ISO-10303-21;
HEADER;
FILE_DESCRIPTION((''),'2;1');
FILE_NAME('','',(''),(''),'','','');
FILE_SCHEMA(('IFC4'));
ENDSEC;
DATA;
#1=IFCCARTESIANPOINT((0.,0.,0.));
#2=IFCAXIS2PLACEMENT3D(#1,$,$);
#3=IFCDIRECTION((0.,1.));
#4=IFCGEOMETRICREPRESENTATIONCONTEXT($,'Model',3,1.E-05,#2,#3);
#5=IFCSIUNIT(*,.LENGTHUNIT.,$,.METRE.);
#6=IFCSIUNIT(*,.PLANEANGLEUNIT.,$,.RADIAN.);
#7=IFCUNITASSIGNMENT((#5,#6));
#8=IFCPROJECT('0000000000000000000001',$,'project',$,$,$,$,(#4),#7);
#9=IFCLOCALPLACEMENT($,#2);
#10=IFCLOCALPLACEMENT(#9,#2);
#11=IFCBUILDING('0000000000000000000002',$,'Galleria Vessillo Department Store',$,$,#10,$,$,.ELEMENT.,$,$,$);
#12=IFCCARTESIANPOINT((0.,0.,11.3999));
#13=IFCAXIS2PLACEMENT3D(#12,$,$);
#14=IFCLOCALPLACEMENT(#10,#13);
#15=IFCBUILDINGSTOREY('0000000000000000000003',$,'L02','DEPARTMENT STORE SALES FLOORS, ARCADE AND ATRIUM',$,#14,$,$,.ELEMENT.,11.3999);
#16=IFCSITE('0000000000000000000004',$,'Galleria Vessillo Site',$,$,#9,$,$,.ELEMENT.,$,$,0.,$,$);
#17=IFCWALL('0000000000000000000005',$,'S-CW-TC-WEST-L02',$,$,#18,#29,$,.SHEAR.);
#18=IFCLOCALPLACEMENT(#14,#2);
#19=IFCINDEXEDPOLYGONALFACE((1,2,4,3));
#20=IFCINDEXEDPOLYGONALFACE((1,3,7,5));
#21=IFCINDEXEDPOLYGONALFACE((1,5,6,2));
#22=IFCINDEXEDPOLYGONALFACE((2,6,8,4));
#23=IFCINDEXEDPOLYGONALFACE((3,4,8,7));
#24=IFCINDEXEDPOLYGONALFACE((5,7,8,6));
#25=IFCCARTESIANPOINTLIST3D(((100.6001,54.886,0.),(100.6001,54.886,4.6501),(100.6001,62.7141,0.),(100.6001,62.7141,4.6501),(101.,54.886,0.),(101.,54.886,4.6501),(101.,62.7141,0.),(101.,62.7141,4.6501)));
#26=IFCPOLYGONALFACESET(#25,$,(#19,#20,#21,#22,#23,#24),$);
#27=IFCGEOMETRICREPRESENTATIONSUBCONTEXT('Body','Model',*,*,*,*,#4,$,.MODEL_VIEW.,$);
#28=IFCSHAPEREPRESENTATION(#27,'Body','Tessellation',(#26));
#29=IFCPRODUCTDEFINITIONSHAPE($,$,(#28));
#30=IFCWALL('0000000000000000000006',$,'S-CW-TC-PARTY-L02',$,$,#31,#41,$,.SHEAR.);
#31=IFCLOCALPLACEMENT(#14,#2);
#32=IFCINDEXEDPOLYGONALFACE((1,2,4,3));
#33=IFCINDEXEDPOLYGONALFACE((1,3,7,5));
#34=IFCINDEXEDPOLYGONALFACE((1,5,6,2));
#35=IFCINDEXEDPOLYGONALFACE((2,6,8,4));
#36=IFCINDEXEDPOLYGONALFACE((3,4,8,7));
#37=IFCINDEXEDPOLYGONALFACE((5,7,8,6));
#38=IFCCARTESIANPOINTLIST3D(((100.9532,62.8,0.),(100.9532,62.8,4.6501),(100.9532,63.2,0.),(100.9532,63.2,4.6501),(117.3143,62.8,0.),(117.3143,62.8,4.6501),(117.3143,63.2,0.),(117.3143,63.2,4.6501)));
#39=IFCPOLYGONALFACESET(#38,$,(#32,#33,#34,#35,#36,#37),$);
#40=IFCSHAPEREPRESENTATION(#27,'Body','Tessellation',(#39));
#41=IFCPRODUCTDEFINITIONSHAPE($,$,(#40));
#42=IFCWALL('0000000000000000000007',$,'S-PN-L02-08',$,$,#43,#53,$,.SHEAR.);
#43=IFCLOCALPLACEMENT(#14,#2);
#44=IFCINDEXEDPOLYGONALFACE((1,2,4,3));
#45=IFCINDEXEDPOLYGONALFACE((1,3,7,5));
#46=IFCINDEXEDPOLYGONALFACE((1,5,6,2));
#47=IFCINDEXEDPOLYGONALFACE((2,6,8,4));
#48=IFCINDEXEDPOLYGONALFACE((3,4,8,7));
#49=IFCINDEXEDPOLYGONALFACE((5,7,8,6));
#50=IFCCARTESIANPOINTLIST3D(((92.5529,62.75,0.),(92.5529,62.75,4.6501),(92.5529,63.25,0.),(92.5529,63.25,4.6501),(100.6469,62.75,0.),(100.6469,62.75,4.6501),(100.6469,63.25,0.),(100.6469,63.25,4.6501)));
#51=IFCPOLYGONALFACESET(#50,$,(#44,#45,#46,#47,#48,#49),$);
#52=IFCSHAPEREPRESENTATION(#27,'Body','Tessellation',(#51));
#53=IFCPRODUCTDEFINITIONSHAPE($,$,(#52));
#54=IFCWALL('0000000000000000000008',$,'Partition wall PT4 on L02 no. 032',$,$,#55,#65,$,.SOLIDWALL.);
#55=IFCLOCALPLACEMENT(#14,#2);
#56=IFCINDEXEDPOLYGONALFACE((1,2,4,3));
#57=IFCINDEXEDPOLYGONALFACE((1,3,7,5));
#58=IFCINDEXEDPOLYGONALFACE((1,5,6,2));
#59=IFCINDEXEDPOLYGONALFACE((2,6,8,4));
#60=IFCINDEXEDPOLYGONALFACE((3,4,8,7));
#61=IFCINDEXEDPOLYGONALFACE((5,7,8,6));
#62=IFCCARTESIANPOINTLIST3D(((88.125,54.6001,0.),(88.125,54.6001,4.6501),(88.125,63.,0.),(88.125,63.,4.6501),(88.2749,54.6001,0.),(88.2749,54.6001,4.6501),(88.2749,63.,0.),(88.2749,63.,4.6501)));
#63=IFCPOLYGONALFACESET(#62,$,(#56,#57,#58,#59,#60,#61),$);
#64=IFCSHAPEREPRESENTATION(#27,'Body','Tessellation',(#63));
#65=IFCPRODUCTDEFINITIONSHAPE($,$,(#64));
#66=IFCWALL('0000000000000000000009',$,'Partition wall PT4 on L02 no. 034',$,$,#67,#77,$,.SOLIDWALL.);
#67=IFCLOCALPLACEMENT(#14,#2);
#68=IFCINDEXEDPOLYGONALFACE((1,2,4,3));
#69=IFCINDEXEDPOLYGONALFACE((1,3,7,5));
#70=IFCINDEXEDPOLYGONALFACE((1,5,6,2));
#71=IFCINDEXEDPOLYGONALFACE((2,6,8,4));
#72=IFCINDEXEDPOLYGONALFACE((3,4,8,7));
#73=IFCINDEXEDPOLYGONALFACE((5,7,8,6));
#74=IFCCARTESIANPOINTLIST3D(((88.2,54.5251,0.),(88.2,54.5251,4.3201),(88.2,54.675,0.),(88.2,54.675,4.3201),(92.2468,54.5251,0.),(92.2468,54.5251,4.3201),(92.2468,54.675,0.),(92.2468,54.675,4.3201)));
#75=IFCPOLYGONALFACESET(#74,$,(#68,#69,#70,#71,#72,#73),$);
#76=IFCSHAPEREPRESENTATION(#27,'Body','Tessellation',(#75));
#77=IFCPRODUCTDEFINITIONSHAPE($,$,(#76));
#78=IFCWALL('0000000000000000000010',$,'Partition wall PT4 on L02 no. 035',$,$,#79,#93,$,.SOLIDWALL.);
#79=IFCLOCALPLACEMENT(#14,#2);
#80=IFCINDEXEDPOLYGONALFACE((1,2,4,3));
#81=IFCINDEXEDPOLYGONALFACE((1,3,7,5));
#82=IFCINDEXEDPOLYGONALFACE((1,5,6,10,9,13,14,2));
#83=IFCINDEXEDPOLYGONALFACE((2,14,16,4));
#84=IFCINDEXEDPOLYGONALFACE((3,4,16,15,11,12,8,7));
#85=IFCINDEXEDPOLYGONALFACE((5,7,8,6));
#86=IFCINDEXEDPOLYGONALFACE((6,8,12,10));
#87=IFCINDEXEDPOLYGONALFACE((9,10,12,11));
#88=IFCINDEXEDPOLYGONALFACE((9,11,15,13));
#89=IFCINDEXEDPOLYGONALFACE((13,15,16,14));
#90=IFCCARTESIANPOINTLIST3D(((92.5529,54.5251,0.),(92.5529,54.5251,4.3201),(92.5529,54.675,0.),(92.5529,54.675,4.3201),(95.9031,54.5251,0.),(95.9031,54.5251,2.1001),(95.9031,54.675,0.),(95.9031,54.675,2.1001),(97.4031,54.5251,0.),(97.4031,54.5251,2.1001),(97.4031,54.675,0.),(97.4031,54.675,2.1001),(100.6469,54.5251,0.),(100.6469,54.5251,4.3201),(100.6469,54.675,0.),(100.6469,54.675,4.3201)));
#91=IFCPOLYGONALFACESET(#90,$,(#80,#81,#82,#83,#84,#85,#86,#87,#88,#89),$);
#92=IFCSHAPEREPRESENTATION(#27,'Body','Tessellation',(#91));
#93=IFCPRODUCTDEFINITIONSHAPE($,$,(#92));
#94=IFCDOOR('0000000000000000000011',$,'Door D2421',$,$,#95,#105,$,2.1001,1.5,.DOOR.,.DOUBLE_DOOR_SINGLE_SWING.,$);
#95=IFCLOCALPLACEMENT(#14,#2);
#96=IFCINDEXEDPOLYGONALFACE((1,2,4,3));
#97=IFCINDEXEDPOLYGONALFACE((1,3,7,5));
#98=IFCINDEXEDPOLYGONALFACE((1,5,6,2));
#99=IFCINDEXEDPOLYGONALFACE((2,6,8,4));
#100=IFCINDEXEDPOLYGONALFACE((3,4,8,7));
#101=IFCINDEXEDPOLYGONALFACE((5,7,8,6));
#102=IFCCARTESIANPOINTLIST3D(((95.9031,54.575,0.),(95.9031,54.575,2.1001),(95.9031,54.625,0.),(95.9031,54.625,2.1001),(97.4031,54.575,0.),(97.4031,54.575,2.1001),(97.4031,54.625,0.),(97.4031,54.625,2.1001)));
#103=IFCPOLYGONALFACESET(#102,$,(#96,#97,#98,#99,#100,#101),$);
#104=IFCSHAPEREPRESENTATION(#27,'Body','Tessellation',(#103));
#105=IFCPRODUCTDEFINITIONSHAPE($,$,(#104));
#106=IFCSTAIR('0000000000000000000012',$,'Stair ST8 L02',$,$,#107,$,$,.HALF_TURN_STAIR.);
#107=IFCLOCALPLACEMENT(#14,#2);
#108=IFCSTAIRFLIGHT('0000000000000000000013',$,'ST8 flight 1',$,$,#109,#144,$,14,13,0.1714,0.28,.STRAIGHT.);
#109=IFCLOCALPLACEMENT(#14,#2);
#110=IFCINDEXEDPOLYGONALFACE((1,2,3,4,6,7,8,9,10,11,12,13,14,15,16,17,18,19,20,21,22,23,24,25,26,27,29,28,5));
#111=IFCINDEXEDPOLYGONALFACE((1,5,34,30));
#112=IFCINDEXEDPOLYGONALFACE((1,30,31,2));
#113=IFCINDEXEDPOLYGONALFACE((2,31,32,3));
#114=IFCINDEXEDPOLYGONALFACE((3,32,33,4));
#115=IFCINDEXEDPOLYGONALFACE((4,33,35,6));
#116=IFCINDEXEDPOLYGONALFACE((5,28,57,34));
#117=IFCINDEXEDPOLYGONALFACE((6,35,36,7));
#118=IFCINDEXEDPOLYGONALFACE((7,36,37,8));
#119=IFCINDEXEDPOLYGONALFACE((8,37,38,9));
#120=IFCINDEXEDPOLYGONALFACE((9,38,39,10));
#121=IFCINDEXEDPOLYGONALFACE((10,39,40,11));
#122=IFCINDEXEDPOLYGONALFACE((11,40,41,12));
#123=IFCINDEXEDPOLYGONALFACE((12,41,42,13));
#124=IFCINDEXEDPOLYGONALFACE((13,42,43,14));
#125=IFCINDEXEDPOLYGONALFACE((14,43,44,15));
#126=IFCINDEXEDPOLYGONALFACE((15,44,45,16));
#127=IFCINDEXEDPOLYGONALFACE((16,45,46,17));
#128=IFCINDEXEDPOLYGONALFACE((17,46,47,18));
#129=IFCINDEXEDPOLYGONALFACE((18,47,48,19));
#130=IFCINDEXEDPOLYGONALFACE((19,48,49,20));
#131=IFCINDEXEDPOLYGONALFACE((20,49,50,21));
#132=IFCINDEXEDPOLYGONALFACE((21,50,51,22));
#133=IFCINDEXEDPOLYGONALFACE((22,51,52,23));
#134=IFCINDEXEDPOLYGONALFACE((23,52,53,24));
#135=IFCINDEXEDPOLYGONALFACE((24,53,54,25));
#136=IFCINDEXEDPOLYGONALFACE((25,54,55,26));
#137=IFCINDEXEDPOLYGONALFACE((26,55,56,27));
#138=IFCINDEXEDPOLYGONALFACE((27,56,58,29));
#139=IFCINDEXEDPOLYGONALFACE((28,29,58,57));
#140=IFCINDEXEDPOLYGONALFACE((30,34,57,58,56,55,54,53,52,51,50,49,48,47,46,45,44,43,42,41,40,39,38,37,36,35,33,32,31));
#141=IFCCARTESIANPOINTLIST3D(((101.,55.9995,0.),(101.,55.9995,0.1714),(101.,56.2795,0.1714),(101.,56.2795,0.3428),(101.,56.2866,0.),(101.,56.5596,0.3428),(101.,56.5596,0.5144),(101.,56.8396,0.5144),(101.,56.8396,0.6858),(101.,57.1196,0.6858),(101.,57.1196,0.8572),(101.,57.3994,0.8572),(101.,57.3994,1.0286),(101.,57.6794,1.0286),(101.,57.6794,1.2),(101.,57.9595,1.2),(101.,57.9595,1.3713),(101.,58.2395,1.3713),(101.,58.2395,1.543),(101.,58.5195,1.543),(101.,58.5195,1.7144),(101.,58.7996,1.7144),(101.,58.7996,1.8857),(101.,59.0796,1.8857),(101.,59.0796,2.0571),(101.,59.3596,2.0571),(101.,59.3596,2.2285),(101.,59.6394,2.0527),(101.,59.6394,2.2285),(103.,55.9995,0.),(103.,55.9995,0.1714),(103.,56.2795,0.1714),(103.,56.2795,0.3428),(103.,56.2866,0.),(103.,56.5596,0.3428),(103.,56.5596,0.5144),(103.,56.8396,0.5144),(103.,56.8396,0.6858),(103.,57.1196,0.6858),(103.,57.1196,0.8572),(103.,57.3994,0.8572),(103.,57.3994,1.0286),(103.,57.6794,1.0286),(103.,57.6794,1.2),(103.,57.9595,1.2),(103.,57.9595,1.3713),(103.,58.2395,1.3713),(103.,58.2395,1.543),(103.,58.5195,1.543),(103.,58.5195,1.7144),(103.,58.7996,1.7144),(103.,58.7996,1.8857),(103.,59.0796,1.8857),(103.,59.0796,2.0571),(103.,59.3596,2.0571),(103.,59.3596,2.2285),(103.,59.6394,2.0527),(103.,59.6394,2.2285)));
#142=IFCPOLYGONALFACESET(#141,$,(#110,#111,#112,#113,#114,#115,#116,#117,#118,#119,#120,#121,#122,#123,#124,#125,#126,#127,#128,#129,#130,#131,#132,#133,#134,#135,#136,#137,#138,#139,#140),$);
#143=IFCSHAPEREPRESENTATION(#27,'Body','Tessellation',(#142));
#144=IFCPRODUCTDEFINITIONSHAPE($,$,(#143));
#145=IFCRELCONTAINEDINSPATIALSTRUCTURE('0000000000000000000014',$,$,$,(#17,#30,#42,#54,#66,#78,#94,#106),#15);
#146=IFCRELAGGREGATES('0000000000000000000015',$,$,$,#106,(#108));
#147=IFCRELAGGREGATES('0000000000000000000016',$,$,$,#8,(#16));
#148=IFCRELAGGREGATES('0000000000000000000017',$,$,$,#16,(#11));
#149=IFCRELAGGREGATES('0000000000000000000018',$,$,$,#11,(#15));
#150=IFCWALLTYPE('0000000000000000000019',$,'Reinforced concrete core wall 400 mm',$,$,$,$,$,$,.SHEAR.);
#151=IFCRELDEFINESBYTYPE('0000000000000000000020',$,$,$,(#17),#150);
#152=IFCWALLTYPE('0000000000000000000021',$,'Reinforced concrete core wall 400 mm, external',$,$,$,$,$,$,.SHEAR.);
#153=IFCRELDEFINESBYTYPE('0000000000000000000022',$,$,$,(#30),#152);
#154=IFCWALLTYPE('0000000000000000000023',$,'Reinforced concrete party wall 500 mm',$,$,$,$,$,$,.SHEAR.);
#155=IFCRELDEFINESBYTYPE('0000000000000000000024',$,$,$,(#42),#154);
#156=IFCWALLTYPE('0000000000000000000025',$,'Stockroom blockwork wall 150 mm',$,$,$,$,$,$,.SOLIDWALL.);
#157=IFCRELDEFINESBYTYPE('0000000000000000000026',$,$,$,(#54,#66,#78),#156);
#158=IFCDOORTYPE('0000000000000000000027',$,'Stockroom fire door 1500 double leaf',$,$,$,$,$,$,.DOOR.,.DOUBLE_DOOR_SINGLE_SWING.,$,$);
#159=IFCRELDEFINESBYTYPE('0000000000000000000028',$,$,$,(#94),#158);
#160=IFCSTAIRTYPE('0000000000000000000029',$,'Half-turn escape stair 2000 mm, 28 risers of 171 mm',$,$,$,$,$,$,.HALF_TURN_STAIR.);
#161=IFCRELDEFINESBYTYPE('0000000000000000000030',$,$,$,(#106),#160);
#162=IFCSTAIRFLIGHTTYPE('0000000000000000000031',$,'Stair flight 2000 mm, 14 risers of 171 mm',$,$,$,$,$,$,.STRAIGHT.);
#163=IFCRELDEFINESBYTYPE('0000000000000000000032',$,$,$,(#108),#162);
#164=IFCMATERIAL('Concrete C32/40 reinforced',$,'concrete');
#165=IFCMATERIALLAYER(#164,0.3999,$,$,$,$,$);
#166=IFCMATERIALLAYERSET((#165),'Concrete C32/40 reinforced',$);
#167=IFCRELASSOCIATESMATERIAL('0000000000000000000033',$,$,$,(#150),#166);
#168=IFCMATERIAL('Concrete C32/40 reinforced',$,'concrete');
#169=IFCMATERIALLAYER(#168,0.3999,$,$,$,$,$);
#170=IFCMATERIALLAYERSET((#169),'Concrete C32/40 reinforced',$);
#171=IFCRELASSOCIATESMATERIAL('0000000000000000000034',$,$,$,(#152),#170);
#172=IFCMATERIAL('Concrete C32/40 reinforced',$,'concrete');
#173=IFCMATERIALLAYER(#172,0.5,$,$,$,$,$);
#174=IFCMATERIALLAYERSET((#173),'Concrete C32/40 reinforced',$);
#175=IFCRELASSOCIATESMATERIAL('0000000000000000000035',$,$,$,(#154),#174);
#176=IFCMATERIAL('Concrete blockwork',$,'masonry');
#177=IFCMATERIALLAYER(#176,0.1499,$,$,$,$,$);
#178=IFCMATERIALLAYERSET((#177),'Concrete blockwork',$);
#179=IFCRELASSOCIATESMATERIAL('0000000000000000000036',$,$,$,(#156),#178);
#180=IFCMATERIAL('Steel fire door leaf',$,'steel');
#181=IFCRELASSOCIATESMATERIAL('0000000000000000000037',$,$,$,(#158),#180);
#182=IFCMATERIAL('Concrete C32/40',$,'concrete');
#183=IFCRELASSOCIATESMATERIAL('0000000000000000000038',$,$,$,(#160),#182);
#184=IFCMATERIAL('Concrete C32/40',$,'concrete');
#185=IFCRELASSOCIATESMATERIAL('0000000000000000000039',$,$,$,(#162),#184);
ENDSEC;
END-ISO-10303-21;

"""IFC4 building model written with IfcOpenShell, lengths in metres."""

from ifc_helpers import new_model, si_unit, direction, frame, frame_2d, origin, place, context, subcontext, project, spatial, polyline, rectangle, outline, extrude, material, layer, layer_set, type_object, element, fill, aggregate, save


model = new_model("IFC4")

# Units and contexts
model_context = context("Model", 3, precision=1e-05, world=origin(), true_north=direction((0.0, 1.0)))
body_context = subcontext(model_context, "Body", "Model", "MODEL_VIEW")
ifc_project = project(units=[si_unit("LENGTHUNIT", "METRE"), si_unit("PLANEANGLEUNIT", "RADIAN")], contexts=[model_context])

# Site, building, storey
site_placement = place(None, origin())
site = spatial("IfcSite", under=ifc_project, at=site_placement, Name="Galleria Vessillo Site", CompositionType="ELEMENT", RefElevation=0.0)
building_placement = place(site_placement, origin())
building = spatial("IfcBuilding", under=site, at=building_placement, Name="Galleria Vessillo Department Store", CompositionType="ELEMENT")
storey_placement = place(building_placement, frame((0.0, 0.0, 11.3999)))
storey = spatial("IfcBuildingStorey", under=building, at=storey_placement, Name="L02", Description="DEPARTMENT STORE SALES FLOORS, ARCADE AND ATRIUM", CompositionType="ELEMENT", Elevation=11.3999)

# Shared definitions
ifc_material_1 = material(Name="Concrete C32/40 reinforced", Category="concrete")
ifc_layer_1 = layer(ifc_material_1, 0.3999)
ifc_layer_set_1 = layer_set([ifc_layer_1], Name="Concrete C32/40 reinforced")
wall_type_1 = type_object("IfcWallType", Name="Reinforced concrete core wall 400 mm", PredefinedType="SHEAR", material=ifc_layer_set_1)

# Walls
wall_1_placement = place(storey_placement, frame((100.8, 54.886, 0.0), z_axis=(0.0, 0.0, 1.0), x_axis=(0.0, 1.0, 0.0)))
element("IfcWall", 1, at=wall_1_placement, inside=storey, type_object=wall_type_1, Name="S-CW-TC-WEST-L02", PredefinedType="SHEAR", context=body_context, shape_type="SweptSolid", body=[
    extrude(rectangle(XDim=7.8281, YDim=0.3999, at=frame_2d((3.9141, 0.0))), origin(), (0.0, 0.0, 1.0), 4.6501),
])
ifc_material_2 = material(Name="Concrete C32/40 reinforced", Category="concrete")
ifc_layer_2 = layer(ifc_material_2, 0.3999)
ifc_layer_set_2 = layer_set([ifc_layer_2], Name="Concrete C32/40 reinforced")
wall_type_2 = type_object("IfcWallType", Name="Reinforced concrete core wall 400 mm, external", PredefinedType="SHEAR", material=ifc_layer_set_2)
wall_2_placement = place(storey_placement, frame((100.9531, 63.0, 0.0), z_axis=(0.0, 0.0, 1.0), x_axis=(1.0, 0.0, 0.0)))
element("IfcWall", 2, at=wall_2_placement, inside=storey, type_object=wall_type_2, Name="S-CW-TC-PARTY-L02", PredefinedType="SHEAR", context=body_context, shape_type="SweptSolid", body=[
    extrude(rectangle(XDim=16.3611, YDim=0.3999, at=frame_2d((8.1807, 0.0))), origin(), (0.0, 0.0, 1.0), 4.6501),
])
ifc_material_3 = material(Name="Concrete C32/40 reinforced", Category="concrete")
ifc_layer_3 = layer(ifc_material_3, 0.5)
ifc_layer_set_3 = layer_set([ifc_layer_3], Name="Concrete C32/40 reinforced")
wall_type_3 = type_object("IfcWallType", Name="Reinforced concrete party wall 500 mm", PredefinedType="SHEAR", material=ifc_layer_set_3)
wall_3_placement = place(storey_placement, frame((92.553, 63.0, 0.0), z_axis=(0.0, 0.0, 1.0), x_axis=(1.0, 0.0, 0.0)))
element("IfcWall", 3, at=wall_3_placement, inside=storey, type_object=wall_type_3, Name="S-PN-L02-08", PredefinedType="SHEAR", context=body_context, shape_type="SweptSolid", body=[
    extrude(rectangle(XDim=8.094, YDim=0.5, at=frame_2d((4.0469, 0.0))), origin(), (0.0, 0.0, 1.0), 4.6501),
])
ifc_material_4 = material(Name="Concrete blockwork", Category="masonry")
ifc_layer_4 = layer(ifc_material_4, 0.1499)
ifc_layer_set_4 = layer_set([ifc_layer_4], Name="Concrete blockwork")
wall_type_4 = type_object("IfcWallType", Name="Stockroom blockwork wall 150 mm", PredefinedType="SOLIDWALL", material=ifc_layer_set_4)
wall_4_placement = place(storey_placement, frame((88.2, 54.6001, 0.0), z_axis=(0.0, 0.0, 1.0), x_axis=(0.0, 1.0, 0.0)))
element("IfcWall", 4, at=wall_4_placement, inside=storey, type_object=wall_type_4, Name="Partition wall PT4 on L02 no. 032", PredefinedType="SOLIDWALL", context=body_context, shape_type="SweptSolid", body=[
    extrude(rectangle(XDim=8.3999, YDim=0.1499, at=frame_2d((4.2, 0.0))), origin(), (0.0, 0.0, 1.0), 4.6501),
])
wall_5_placement = place(storey_placement, frame((88.2, 54.6001, 0.0), z_axis=(0.0, 0.0, 1.0), x_axis=(1.0, 0.0, 0.0)))
element("IfcWall", 5, at=wall_5_placement, inside=storey, type_object=wall_type_4, Name="Partition wall PT4 on L02 no. 034", PredefinedType="SOLIDWALL", context=body_context, shape_type="SweptSolid", body=[
    extrude(rectangle(XDim=4.0469, YDim=0.1499, at=frame_2d((2.0234, 0.0))), origin(), (0.0, 0.0, 1.0), 4.3201),
])

# Wall, opening, door
wall_6_placement = place(storey_placement, frame((92.553, 54.6001, 0.0), z_axis=(0.0, 0.0, 1.0), x_axis=(1.0, 0.0, 0.0)))
wall_6 = element("IfcWall", 6, at=wall_6_placement, inside=storey, type_object=wall_type_4, Name="Partition wall PT4 on L02 no. 035", PredefinedType="SOLIDWALL", context=body_context, shape_type="SweptSolid", body=[
    extrude(rectangle(XDim=8.094, YDim=0.1499, at=frame_2d((4.0469, 0.0))), origin(), (0.0, 0.0, 1.0), 4.3201),
])
opening_1_placement = place(wall_6_placement, frame((3.3501, 0.0, 0.0)))
opening_1 = element("IfcOpeningElement", 7, at=opening_1_placement, cuts=wall_6, PredefinedType="OPENING", context=body_context, shape_type="SweptSolid", body=[
    extrude(rectangle(XDim=1.5, YDim=2.1001, at=frame_2d((0.75, 1.05))), frame((0.0, 0.085, 0.0), z_axis=(0.0, -1.0, 0.0), x_axis=(1.0, 0.0, 0.0)), (0.0, 0.0, 1.0), 0.1699),
])
ifc_material_5 = material(Name="Steel fire door leaf", Category="steel")
door_type_1 = type_object("IfcDoorType", Name="Stockroom fire door 1500 double leaf", OperationType="DOUBLE_DOOR_SINGLE_SWING", PredefinedType="DOOR", material=ifc_material_5)
door_1_placement = place(opening_1_placement, origin())
door_1 = element("IfcDoor", 8, at=door_1_placement, inside=storey, type_object=door_type_1, Name="Door D2421", OperationType="DOUBLE_DOOR_SINGLE_SWING", OverallHeight=2.1001, OverallWidth=1.5, PredefinedType="DOOR", context=body_context, shape_type="SweptSolid", body=[
    extrude(rectangle(XDim=1.5, YDim=2.1001, at=frame_2d((0.75, 1.05))), frame((0.0, 0.0249, 0.0), z_axis=(0.0, -1.0, 0.0), x_axis=(1.0, 0.0, 0.0)), (0.0, 0.0, 1.0), 0.05),
])
fill(opening_1, door_1)

# Stair, stair flight
ifc_material_6 = material(Name="Concrete C32/40", Category="concrete")
stair_type = type_object("IfcStairType", Name="Half-turn escape stair 2000 mm, 28 risers of 171 mm", PredefinedType="HALF_TURN_STAIR", material=ifc_material_6)
stair_placement = place(storey_placement, origin())
stair = element("IfcStair", 9, at=stair_placement, inside=storey, type_object=stair_type, Name="Stair ST8 L02", PredefinedType="HALF_TURN_STAIR")
ifc_material_7 = material(Name="Concrete C32/40", Category="concrete")
stair_flight_type = type_object("IfcStairFlightType", Name="Stair flight 2000 mm, 14 risers of 171 mm", PredefinedType="STRAIGHT", material=ifc_material_7)
stair_flight_1_placement = place(storey_placement, frame((102.0, 55.9995, 0.0), z_axis=(0.0, 0.0, 1.0), x_axis=(0.0, 1.0, 0.0)))
stair_flight_1 = element("IfcStairFlight", 10, at=stair_flight_1_placement, type_object=stair_flight_type, Name="ST8 flight 1", NumberOfRisers=14, NumberOfTreads=13, PredefinedType="STRAIGHT", RiserHeight=0.1714, TreadLength=0.28, context=body_context, shape_type="SweptSolid", body=[
    extrude(outline(polyline([(0.0, 0.0), (0.0, 0.1714), (0.28, 0.1714), (0.28, 0.3428), (0.5601, 0.3428), (0.5601, 0.5144), (0.8401, 0.5144), (0.8401, 0.6858), (1.1201, 0.6858), (1.1201, 0.8572), (1.3999, 0.8572), (1.3999, 1.0286), (1.6799, 1.0286), (1.6799, 1.2), (1.96, 1.2), (1.96, 1.3713), (2.24, 1.3713), (2.24, 1.543), (2.52, 1.543), (2.52, 1.7144), (2.8, 1.7144), (2.8, 1.8857), (3.0801, 1.8857), (3.0801, 2.0571), (3.3601, 2.0571), (3.3601, 2.2285), (3.6399, 2.2285), (3.6399, 2.3999), (3.6399, 2.0527), (0.2871, 0.0), (0.0, 0.0)])), frame((0.0, 1.0, 0.0), z_axis=(0.0, -1.0, 0.0), x_axis=(1.0, 0.0, 0.0)), (0.0, 0.0, 1.0), 2.0),
])
aggregate(stair, [stair_flight_1])

save(model, "model.ifc")
